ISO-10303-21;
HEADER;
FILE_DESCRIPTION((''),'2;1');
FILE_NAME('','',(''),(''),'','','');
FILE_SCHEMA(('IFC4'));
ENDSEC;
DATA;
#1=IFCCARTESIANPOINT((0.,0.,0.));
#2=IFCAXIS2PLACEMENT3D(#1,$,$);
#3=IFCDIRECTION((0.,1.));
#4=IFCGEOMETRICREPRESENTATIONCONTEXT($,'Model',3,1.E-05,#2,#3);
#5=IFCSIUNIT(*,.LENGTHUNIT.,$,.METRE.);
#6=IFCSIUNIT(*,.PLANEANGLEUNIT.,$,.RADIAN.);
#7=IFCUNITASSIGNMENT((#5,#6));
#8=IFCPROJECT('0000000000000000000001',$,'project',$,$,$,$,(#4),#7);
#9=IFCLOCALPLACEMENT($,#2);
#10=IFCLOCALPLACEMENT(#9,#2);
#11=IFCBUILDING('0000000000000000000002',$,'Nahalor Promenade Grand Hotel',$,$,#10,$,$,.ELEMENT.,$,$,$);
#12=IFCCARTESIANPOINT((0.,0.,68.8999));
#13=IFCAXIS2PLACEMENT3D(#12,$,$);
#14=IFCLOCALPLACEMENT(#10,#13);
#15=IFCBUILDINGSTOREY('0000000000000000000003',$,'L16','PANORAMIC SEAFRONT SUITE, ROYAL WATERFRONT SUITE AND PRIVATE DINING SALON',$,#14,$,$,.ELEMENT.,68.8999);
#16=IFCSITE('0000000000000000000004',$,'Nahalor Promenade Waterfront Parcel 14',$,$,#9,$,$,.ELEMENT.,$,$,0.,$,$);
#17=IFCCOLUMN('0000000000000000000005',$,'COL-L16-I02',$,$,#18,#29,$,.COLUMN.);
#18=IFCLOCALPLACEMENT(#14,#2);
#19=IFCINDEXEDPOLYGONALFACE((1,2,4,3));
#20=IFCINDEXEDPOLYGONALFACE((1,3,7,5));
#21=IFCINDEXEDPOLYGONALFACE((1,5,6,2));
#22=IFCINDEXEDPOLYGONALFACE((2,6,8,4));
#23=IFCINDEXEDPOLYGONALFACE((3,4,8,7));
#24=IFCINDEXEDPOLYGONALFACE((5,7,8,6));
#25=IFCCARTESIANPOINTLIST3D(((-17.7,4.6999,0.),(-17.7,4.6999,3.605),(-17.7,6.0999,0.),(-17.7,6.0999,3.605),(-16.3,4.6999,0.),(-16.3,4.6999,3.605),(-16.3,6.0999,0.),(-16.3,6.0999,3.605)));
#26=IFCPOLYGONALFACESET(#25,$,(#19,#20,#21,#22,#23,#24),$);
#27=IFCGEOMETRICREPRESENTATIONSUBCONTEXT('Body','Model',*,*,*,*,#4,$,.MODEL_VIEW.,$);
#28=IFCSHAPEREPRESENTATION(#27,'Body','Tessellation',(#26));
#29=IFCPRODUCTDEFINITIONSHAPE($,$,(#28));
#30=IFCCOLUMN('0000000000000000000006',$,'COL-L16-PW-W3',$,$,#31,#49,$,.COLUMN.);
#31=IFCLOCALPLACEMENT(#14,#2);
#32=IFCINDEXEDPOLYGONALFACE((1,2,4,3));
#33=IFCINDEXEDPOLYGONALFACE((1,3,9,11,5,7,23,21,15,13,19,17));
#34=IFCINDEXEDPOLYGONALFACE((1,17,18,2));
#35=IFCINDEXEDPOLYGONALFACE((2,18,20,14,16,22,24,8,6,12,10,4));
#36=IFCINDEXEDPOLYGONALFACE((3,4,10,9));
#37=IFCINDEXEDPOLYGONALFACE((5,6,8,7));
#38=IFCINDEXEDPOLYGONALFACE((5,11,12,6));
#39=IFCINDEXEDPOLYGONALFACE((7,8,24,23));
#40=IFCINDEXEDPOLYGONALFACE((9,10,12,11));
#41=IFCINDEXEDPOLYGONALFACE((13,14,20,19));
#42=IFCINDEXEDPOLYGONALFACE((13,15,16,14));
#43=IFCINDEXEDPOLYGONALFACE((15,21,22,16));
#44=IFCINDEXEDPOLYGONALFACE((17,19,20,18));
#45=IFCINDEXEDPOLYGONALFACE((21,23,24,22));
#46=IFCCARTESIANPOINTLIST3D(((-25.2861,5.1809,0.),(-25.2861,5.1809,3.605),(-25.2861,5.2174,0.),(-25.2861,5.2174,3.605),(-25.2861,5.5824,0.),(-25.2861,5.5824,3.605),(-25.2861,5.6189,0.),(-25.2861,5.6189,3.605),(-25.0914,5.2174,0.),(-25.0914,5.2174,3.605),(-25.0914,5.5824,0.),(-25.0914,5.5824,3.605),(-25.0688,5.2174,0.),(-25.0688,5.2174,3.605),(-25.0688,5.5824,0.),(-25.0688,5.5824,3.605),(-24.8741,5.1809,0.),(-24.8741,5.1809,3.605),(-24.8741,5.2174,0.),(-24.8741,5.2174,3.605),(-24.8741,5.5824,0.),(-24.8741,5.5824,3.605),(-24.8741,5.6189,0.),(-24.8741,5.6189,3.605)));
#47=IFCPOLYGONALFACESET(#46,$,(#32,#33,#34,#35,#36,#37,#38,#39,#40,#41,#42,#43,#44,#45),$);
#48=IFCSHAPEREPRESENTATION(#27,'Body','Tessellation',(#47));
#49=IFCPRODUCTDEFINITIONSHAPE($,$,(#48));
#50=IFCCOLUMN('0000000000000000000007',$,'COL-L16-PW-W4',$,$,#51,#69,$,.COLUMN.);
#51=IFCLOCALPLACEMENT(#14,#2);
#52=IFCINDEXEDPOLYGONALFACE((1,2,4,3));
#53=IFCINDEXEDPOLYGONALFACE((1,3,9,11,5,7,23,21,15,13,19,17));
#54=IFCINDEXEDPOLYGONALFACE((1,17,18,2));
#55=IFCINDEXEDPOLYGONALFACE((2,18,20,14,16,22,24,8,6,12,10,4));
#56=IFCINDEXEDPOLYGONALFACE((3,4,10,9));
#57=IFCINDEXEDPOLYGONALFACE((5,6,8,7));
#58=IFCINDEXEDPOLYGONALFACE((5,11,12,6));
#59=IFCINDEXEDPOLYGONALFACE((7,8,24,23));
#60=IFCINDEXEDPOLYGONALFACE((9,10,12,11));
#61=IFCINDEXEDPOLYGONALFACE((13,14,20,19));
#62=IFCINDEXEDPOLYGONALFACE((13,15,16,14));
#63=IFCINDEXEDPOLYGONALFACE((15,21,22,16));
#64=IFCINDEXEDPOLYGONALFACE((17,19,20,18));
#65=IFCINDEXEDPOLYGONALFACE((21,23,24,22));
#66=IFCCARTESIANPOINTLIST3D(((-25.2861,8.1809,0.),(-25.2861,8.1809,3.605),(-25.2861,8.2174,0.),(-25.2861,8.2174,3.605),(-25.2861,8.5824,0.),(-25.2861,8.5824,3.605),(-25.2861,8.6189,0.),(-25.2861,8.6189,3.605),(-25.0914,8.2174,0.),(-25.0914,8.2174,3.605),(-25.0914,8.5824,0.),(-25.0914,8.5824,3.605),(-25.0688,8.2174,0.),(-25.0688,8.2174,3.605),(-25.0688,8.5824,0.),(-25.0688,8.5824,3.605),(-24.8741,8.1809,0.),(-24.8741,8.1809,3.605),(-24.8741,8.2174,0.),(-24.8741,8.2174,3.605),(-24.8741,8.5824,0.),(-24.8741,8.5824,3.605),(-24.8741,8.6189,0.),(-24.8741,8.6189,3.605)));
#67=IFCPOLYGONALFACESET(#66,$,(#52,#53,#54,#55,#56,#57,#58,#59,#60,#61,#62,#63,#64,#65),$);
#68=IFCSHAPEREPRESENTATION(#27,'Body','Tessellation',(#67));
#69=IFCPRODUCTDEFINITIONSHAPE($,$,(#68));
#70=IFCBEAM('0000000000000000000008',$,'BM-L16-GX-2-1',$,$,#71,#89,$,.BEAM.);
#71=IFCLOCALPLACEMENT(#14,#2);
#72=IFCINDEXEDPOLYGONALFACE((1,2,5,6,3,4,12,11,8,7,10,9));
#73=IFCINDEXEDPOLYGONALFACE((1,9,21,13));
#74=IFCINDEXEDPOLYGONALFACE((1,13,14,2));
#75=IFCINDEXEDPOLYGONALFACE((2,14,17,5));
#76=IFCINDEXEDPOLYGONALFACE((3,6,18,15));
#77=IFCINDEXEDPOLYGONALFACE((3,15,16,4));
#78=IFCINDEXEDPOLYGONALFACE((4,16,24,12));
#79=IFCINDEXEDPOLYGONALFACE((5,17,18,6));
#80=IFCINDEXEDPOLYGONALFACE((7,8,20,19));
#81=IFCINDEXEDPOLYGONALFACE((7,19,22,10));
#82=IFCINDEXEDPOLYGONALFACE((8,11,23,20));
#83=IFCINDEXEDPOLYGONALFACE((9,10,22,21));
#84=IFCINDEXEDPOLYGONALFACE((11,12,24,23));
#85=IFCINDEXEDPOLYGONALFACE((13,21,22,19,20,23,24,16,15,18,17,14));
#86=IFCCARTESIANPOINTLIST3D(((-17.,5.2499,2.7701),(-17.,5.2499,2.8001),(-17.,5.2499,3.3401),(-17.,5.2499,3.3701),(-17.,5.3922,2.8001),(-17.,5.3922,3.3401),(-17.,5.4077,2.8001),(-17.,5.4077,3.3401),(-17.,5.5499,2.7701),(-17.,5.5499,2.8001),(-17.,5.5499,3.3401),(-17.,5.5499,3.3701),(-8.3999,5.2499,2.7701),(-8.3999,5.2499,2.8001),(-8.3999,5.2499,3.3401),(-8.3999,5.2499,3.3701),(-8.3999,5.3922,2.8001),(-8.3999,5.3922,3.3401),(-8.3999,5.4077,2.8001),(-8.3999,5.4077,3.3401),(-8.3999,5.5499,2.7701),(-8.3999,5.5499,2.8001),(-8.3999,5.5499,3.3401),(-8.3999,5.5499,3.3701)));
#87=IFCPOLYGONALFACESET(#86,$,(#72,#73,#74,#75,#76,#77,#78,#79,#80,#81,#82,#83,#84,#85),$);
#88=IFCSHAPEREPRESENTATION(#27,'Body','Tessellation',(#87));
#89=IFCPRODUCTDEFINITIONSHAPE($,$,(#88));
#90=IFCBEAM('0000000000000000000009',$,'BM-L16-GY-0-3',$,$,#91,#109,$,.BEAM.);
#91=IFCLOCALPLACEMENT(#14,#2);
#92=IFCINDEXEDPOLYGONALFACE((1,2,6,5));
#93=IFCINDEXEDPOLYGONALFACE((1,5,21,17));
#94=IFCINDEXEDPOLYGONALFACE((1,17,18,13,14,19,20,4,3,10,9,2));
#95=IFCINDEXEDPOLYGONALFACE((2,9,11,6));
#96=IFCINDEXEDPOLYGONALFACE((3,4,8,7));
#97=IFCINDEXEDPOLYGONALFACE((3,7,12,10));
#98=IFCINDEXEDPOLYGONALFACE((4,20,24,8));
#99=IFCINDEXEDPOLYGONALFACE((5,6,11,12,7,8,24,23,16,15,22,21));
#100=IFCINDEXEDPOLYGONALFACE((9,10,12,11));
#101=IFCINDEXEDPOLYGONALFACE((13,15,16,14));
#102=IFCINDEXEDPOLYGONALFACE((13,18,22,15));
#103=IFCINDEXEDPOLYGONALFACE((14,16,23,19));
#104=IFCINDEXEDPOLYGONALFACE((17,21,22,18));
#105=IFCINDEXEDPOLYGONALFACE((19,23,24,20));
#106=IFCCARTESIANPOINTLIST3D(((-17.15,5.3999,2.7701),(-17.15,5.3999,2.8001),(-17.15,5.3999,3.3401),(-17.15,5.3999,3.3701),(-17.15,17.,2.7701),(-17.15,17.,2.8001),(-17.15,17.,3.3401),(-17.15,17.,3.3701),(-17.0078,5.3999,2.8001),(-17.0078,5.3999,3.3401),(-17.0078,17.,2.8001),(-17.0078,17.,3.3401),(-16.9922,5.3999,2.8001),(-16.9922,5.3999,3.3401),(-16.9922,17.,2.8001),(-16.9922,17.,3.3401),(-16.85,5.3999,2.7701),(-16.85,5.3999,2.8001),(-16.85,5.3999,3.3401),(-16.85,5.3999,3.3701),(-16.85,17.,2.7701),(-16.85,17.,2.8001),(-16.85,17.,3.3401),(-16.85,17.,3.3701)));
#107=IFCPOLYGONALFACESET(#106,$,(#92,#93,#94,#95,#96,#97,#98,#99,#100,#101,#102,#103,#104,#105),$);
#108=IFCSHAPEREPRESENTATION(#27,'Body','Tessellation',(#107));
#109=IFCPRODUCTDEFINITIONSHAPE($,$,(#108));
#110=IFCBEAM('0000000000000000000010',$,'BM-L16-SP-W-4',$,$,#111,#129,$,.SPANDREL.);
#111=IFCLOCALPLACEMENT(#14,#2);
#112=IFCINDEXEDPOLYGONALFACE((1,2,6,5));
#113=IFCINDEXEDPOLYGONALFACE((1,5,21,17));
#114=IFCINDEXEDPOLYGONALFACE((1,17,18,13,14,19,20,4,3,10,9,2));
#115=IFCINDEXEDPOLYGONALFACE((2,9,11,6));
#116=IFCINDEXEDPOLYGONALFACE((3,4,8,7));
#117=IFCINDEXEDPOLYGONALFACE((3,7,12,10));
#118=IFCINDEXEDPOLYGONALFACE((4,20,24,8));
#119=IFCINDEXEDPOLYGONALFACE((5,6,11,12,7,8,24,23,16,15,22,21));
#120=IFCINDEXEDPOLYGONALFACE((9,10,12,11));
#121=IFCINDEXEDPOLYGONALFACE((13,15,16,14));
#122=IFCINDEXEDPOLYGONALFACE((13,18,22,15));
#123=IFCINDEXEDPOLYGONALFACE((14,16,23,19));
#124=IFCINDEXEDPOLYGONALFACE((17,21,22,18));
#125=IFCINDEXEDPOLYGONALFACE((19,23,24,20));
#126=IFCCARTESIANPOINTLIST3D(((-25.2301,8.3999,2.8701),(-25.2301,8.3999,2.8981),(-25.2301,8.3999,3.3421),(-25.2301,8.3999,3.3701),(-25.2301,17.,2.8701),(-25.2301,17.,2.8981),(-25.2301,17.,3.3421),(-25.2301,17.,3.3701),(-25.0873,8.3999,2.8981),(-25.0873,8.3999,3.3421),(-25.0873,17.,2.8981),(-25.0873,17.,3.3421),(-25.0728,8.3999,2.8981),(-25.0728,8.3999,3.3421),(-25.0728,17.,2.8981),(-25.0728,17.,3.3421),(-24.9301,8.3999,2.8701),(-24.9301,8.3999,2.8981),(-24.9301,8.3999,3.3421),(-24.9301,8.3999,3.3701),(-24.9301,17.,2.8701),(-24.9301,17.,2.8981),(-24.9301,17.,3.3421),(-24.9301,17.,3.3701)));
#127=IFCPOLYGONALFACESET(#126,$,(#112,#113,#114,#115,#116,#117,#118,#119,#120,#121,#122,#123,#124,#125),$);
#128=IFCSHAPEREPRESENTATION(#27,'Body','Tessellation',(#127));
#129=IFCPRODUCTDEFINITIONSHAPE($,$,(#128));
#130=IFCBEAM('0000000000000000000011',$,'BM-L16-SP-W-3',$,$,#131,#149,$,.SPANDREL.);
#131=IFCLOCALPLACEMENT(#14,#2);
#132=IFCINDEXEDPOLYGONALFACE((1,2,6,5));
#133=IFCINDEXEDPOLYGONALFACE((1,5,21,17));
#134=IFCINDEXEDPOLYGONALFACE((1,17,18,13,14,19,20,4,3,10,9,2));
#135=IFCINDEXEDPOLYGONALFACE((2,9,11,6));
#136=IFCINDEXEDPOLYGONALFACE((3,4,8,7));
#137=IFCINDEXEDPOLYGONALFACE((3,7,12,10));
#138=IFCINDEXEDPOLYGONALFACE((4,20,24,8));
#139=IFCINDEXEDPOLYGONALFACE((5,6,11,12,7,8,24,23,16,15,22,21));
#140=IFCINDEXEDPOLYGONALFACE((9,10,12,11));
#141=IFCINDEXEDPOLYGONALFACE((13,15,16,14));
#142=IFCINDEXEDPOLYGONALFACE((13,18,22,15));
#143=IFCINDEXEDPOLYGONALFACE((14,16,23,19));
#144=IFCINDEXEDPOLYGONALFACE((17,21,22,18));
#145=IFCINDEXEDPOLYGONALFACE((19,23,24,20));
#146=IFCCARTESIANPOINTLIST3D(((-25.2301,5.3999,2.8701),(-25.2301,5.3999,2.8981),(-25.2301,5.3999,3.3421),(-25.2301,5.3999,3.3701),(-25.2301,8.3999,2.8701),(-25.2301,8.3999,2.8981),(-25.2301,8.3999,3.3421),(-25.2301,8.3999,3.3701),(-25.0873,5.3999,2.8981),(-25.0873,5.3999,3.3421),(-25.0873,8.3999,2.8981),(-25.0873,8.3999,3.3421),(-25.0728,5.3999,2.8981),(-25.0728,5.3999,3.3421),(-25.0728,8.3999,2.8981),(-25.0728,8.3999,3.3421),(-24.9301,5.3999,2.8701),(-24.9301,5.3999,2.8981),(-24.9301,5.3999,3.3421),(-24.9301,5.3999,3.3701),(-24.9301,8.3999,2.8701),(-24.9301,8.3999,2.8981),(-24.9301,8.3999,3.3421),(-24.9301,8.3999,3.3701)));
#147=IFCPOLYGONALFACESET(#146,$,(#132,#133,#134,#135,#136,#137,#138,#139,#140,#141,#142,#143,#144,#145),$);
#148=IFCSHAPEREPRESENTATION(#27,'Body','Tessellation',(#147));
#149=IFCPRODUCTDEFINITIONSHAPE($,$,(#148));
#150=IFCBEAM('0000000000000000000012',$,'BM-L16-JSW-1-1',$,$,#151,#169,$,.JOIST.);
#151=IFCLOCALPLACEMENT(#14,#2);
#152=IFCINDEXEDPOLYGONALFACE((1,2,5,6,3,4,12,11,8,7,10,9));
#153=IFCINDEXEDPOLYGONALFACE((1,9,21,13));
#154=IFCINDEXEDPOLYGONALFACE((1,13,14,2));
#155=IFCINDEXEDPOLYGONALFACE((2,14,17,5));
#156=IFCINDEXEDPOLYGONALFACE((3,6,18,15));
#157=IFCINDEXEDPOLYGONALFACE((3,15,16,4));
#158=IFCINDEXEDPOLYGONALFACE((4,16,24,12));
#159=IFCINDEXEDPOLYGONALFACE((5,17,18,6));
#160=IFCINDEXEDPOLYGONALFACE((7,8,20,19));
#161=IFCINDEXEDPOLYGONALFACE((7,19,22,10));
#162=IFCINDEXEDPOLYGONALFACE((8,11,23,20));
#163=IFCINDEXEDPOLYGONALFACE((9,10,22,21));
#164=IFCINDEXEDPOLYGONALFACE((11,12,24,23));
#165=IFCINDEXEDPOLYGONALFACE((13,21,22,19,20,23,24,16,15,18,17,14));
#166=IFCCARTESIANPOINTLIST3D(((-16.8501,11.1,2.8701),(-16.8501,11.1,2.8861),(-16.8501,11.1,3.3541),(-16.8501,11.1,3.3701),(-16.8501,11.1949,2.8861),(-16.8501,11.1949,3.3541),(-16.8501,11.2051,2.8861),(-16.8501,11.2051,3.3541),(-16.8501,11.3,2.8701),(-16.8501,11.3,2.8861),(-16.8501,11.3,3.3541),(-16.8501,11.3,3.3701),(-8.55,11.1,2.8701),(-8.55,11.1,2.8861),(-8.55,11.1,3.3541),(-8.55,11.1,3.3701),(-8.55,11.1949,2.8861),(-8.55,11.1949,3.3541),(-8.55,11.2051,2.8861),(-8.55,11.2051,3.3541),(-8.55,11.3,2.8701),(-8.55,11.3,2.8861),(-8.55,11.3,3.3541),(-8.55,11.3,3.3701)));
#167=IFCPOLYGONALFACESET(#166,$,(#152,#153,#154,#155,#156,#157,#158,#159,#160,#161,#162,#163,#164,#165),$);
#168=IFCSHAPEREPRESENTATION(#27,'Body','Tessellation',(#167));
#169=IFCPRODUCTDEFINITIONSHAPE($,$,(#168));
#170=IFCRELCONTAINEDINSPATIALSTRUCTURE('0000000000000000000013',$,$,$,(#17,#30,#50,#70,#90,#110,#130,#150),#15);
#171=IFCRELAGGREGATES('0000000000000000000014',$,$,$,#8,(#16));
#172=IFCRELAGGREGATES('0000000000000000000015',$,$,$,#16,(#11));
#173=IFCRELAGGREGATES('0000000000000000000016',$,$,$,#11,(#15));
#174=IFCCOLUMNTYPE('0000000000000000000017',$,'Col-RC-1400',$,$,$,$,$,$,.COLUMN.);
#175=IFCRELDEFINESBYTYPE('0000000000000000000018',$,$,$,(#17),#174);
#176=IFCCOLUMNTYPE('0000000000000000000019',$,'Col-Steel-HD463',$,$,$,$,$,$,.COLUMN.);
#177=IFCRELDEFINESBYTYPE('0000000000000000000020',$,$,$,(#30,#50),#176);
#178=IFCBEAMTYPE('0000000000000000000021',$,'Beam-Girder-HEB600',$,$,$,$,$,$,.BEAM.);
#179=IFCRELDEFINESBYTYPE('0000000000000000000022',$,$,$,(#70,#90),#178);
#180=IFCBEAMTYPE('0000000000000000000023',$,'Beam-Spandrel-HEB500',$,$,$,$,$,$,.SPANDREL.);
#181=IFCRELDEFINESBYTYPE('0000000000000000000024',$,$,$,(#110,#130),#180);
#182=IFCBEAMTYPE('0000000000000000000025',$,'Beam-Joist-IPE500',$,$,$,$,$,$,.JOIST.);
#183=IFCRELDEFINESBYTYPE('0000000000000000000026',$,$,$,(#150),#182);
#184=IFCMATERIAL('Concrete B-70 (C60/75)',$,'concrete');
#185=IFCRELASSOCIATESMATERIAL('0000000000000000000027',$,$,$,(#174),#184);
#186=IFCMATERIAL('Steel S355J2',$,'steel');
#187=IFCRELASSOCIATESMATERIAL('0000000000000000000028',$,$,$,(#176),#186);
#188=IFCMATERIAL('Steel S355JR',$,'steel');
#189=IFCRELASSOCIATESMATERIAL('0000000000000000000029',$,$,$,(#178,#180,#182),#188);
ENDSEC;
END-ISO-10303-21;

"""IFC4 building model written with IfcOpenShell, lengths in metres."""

from ifc_helpers import new_model, si_unit, direction, frame, origin, origin_2d, place, context, subcontext, project, spatial, rectangle, i_section, extrude, source, transform, mapped, material, material_profile, profile_set, type_object, element, save


model = new_model("IFC4")

# Units and contexts
model_context = context("Model", 3, precision=1e-05, world=origin(), true_north=direction((0.0, 1.0)))
body_context = subcontext(model_context, "Body", "Model", "MODEL_VIEW")
ifc_project = project(units=[si_unit("LENGTHUNIT", "METRE"), si_unit("PLANEANGLEUNIT", "RADIAN")], contexts=[model_context])

# Site, building, storey
site_placement = place(None, origin())
site = spatial("IfcSite", under=ifc_project, at=site_placement, Name="Nahalor Promenade Waterfront Parcel 14", CompositionType="ELEMENT", RefElevation=0.0)
building_placement = place(site_placement, origin())
building = spatial("IfcBuilding", under=site, at=building_placement, Name="Nahalor Promenade Grand Hotel", CompositionType="ELEMENT")
storey_placement = place(building_placement, frame((0.0, 0.0, 68.8999)))
storey = spatial("IfcBuildingStorey", under=building, at=storey_placement, Name="L16", Description="PANORAMIC SEAFRONT SUITE, ROYAL WATERFRONT SUITE AND PRIVATE DINING SALON", CompositionType="ELEMENT", Elevation=68.8999)

# Columns
ifc_material_1 = material(Name="Concrete B-70 (C60/75)", Category="concrete")
ifc_material_profile_1 = material_profile(ifc_material_1, rectangle(XDim=1.4, YDim=1.4, at=origin_2d()), Name="RC 1400x1400")
ifc_profile_set_1 = profile_set([ifc_material_profile_1], Name="Concrete B-70 (C60/75)")
column_type_1 = type_object("IfcColumnType", Name="Col-RC-1400", PredefinedType="COLUMN", material=ifc_profile_set_1)
shared_shape_1 = source(origin(), body_context, "Body", "SweptSolid", [
    extrude(rectangle(XDim=1.4, YDim=1.4, at=origin_2d()), origin(), (0.0, 0.0, 1.0), 3.605),
])
column_placement = place(storey_placement, frame((-17.0, 5.3999, 0.0), z_axis=(0.0, 0.0, 1.0), x_axis=(1.0, 0.0, 0.0)))
element("IfcColumn", 1, at=column_placement, inside=storey, type_object=column_type_1, Name="COL-L16-I02", PredefinedType="COLUMN", context=body_context, shape_type="MappedRepresentation", body=[
    mapped(shared_shape_1, transform((0.0, 0.0, 0.0), scale=1.0)),
])
ifc_material_2 = material(Name="Steel S355J2", Category="steel")
ifc_material_profile_2 = material_profile(ifc_material_2, i_section(OverallWidth=0.412, OverallDepth=0.438, WebThickness=0.0226, FlangeThickness=0.0365, at=origin_2d()), Name="HD 400x463")
ifc_profile_set_2 = profile_set([ifc_material_profile_2], Name="Steel S355J2")
column_type_2 = type_object("IfcColumnType", Name="Col-Steel-HD463", PredefinedType="COLUMN", material=ifc_profile_set_2)
shared_shape_2 = source(origin(), body_context, "Body", "SweptSolid", [
    extrude(i_section(OverallWidth=0.412, OverallDepth=0.438, WebThickness=0.0226, FlangeThickness=0.0365, at=origin_2d()), origin(), (0.0, 0.0, 1.0), 3.605),
])
for number, where, z_axis, x_axis, name in (
    (2, (-25.0801, 5.3999, 0.0), (0.0, 0.0, 1.0), (1.0, 0.0, 0.0), "COL-L16-PW-W3"),
    (3, (-25.0801, 8.3999, 0.0), (0.0, 0.0, 1.0), (1.0, 0.0, 0.0), "COL-L16-PW-W4"),
):
    element("IfcColumn", number, at=place(storey_placement, frame(where, z_axis=z_axis, x_axis=x_axis)), inside=storey, type_object=column_type_2, Name=name, PredefinedType="COLUMN", context=body_context, shape_type="MappedRepresentation", body=[
        mapped(shared_shape_2, transform((0.0, 0.0, 0.0), scale=1.0)),
    ])

# Beams
ifc_material_3 = material(Name="Steel S355JR", Category="steel")
ifc_material_profile_3 = material_profile(ifc_material_3, i_section(OverallWidth=0.3, OverallDepth=0.6, WebThickness=0.0155, FlangeThickness=0.03, at=origin_2d()), Name="HEB 600")
ifc_profile_set_3 = profile_set([ifc_material_profile_3], Name="Steel S355JR")
beam_type_1 = type_object("IfcBeamType", Name="Beam-Girder-HEB600", PredefinedType="BEAM", material=ifc_profile_set_3)
shared_shape_3 = source(origin(), body_context, "Body", "SweptSolid", [
    extrude(i_section(OverallWidth=0.3, OverallDepth=0.6, WebThickness=0.0155, FlangeThickness=0.03, at=origin_2d()), origin(), (0.0, 0.0, 1.0), 8.6001),
])
beam_1_placement = place(storey_placement, frame((-17.0, 5.3999, 3.0701), z_axis=(1.0, 0.0, 0.0), x_axis=(0.0, 1.0, 0.0)))
element("IfcBeam", 4, at=beam_1_placement, inside=storey, type_object=beam_type_1, Name="BM-L16-GX-2-1", PredefinedType="BEAM", context=body_context, shape_type="MappedRepresentation", body=[
    mapped(shared_shape_3, transform((0.0, 0.0, 0.0), scale=1.0)),
])
shared_shape_4 = source(origin(), body_context, "Body", "SweptSolid", [
    extrude(i_section(OverallWidth=0.3, OverallDepth=0.6, WebThickness=0.0155, FlangeThickness=0.03, at=origin_2d()), origin(), (0.0, 0.0, 1.0), 11.6001),
])
beam_2_placement = place(storey_placement, frame((-17.0, 5.3999, 3.0701), z_axis=(0.0, 1.0, 0.0), x_axis=(-1.0, 0.0, 0.0)))
element("IfcBeam", 5, at=beam_2_placement, inside=storey, type_object=beam_type_1, Name="BM-L16-GY-0-3", PredefinedType="BEAM", context=body_context, shape_type="MappedRepresentation", body=[
    mapped(shared_shape_4, transform((0.0, 0.0, 0.0), scale=1.0)),
])
ifc_material_profile_4 = material_profile(ifc_material_3, i_section(OverallWidth=0.3, OverallDepth=0.5, WebThickness=0.0145, FlangeThickness=0.028, at=origin_2d()), Name="HEB 500")
ifc_profile_set_4 = profile_set([ifc_material_profile_4], Name="Steel S355JR")
beam_type_2 = type_object("IfcBeamType", Name="Beam-Spandrel-HEB500", PredefinedType="SPANDREL", material=ifc_profile_set_4)
shared_shape_5 = source(origin(), body_context, "Body", "SweptSolid", [
    extrude(i_section(OverallWidth=0.3, OverallDepth=0.5, WebThickness=0.0145, FlangeThickness=0.028, at=origin_2d()), origin(), (0.0, 0.0, 1.0), 8.6001),
])
beam_3_placement = place(storey_placement, frame((-25.0801, 8.3999, 3.1201), z_axis=(0.0, 1.0, 0.0), x_axis=(-1.0, 0.0, 0.0)))
element("IfcBeam", 6, at=beam_3_placement, inside=storey, type_object=beam_type_2, Name="BM-L16-SP-W-4", PredefinedType="SPANDREL", context=body_context, shape_type="MappedRepresentation", body=[
    mapped(shared_shape_5, transform((0.0, 0.0, 0.0), scale=1.0)),
])
shared_shape_6 = source(origin(), body_context, "Body", "SweptSolid", [
    extrude(i_section(OverallWidth=0.3, OverallDepth=0.5, WebThickness=0.0145, FlangeThickness=0.028, at=origin_2d()), origin(), (0.0, 0.0, 1.0), 3.0),
])
beam_4_placement = place(storey_placement, frame((-25.0801, 5.3999, 3.1201), z_axis=(0.0, 1.0, 0.0), x_axis=(-1.0, 0.0, 0.0)))
element("IfcBeam", 7, at=beam_4_placement, inside=storey, type_object=beam_type_2, Name="BM-L16-SP-W-3", PredefinedType="SPANDREL", context=body_context, shape_type="MappedRepresentation", body=[
    mapped(shared_shape_6, transform((0.0, 0.0, 0.0), scale=1.0)),
])
ifc_material_profile_5 = material_profile(ifc_material_3, i_section(OverallWidth=0.2, OverallDepth=0.5, WebThickness=0.0102, FlangeThickness=0.016, at=origin_2d()), Name="IPE 500")
ifc_profile_set_5 = profile_set([ifc_material_profile_5], Name="Steel S355JR")
beam_type_3 = type_object("IfcBeamType", Name="Beam-Joist-IPE500", PredefinedType="JOIST", material=ifc_profile_set_5)
shared_shape_7 = source(origin(), body_context, "Body", "SweptSolid", [
    extrude(i_section(OverallWidth=0.2, OverallDepth=0.5, WebThickness=0.0102, FlangeThickness=0.016, at=origin_2d()), origin(), (0.0, 0.0, 1.0), 8.3),
])
for number, where, z_axis, x_axis, name in (
    (8, (-16.8501, 11.2, 3.1201), (1.0, 0.0, 0.0), (0.0, 1.0, 0.0), "BM-L16-JSW-1-1"),
):
    element("IfcBeam", number, at=place(storey_placement, frame(where, z_axis=z_axis, x_axis=x_axis)), inside=storey, type_object=beam_type_3, Name=name, PredefinedType="JOIST", context=body_context, shape_type="MappedRepresentation", body=[
        mapped(shared_shape_7, transform((0.0, 0.0, 0.0), scale=1.0)),
    ])

save(model, "model.ifc")
